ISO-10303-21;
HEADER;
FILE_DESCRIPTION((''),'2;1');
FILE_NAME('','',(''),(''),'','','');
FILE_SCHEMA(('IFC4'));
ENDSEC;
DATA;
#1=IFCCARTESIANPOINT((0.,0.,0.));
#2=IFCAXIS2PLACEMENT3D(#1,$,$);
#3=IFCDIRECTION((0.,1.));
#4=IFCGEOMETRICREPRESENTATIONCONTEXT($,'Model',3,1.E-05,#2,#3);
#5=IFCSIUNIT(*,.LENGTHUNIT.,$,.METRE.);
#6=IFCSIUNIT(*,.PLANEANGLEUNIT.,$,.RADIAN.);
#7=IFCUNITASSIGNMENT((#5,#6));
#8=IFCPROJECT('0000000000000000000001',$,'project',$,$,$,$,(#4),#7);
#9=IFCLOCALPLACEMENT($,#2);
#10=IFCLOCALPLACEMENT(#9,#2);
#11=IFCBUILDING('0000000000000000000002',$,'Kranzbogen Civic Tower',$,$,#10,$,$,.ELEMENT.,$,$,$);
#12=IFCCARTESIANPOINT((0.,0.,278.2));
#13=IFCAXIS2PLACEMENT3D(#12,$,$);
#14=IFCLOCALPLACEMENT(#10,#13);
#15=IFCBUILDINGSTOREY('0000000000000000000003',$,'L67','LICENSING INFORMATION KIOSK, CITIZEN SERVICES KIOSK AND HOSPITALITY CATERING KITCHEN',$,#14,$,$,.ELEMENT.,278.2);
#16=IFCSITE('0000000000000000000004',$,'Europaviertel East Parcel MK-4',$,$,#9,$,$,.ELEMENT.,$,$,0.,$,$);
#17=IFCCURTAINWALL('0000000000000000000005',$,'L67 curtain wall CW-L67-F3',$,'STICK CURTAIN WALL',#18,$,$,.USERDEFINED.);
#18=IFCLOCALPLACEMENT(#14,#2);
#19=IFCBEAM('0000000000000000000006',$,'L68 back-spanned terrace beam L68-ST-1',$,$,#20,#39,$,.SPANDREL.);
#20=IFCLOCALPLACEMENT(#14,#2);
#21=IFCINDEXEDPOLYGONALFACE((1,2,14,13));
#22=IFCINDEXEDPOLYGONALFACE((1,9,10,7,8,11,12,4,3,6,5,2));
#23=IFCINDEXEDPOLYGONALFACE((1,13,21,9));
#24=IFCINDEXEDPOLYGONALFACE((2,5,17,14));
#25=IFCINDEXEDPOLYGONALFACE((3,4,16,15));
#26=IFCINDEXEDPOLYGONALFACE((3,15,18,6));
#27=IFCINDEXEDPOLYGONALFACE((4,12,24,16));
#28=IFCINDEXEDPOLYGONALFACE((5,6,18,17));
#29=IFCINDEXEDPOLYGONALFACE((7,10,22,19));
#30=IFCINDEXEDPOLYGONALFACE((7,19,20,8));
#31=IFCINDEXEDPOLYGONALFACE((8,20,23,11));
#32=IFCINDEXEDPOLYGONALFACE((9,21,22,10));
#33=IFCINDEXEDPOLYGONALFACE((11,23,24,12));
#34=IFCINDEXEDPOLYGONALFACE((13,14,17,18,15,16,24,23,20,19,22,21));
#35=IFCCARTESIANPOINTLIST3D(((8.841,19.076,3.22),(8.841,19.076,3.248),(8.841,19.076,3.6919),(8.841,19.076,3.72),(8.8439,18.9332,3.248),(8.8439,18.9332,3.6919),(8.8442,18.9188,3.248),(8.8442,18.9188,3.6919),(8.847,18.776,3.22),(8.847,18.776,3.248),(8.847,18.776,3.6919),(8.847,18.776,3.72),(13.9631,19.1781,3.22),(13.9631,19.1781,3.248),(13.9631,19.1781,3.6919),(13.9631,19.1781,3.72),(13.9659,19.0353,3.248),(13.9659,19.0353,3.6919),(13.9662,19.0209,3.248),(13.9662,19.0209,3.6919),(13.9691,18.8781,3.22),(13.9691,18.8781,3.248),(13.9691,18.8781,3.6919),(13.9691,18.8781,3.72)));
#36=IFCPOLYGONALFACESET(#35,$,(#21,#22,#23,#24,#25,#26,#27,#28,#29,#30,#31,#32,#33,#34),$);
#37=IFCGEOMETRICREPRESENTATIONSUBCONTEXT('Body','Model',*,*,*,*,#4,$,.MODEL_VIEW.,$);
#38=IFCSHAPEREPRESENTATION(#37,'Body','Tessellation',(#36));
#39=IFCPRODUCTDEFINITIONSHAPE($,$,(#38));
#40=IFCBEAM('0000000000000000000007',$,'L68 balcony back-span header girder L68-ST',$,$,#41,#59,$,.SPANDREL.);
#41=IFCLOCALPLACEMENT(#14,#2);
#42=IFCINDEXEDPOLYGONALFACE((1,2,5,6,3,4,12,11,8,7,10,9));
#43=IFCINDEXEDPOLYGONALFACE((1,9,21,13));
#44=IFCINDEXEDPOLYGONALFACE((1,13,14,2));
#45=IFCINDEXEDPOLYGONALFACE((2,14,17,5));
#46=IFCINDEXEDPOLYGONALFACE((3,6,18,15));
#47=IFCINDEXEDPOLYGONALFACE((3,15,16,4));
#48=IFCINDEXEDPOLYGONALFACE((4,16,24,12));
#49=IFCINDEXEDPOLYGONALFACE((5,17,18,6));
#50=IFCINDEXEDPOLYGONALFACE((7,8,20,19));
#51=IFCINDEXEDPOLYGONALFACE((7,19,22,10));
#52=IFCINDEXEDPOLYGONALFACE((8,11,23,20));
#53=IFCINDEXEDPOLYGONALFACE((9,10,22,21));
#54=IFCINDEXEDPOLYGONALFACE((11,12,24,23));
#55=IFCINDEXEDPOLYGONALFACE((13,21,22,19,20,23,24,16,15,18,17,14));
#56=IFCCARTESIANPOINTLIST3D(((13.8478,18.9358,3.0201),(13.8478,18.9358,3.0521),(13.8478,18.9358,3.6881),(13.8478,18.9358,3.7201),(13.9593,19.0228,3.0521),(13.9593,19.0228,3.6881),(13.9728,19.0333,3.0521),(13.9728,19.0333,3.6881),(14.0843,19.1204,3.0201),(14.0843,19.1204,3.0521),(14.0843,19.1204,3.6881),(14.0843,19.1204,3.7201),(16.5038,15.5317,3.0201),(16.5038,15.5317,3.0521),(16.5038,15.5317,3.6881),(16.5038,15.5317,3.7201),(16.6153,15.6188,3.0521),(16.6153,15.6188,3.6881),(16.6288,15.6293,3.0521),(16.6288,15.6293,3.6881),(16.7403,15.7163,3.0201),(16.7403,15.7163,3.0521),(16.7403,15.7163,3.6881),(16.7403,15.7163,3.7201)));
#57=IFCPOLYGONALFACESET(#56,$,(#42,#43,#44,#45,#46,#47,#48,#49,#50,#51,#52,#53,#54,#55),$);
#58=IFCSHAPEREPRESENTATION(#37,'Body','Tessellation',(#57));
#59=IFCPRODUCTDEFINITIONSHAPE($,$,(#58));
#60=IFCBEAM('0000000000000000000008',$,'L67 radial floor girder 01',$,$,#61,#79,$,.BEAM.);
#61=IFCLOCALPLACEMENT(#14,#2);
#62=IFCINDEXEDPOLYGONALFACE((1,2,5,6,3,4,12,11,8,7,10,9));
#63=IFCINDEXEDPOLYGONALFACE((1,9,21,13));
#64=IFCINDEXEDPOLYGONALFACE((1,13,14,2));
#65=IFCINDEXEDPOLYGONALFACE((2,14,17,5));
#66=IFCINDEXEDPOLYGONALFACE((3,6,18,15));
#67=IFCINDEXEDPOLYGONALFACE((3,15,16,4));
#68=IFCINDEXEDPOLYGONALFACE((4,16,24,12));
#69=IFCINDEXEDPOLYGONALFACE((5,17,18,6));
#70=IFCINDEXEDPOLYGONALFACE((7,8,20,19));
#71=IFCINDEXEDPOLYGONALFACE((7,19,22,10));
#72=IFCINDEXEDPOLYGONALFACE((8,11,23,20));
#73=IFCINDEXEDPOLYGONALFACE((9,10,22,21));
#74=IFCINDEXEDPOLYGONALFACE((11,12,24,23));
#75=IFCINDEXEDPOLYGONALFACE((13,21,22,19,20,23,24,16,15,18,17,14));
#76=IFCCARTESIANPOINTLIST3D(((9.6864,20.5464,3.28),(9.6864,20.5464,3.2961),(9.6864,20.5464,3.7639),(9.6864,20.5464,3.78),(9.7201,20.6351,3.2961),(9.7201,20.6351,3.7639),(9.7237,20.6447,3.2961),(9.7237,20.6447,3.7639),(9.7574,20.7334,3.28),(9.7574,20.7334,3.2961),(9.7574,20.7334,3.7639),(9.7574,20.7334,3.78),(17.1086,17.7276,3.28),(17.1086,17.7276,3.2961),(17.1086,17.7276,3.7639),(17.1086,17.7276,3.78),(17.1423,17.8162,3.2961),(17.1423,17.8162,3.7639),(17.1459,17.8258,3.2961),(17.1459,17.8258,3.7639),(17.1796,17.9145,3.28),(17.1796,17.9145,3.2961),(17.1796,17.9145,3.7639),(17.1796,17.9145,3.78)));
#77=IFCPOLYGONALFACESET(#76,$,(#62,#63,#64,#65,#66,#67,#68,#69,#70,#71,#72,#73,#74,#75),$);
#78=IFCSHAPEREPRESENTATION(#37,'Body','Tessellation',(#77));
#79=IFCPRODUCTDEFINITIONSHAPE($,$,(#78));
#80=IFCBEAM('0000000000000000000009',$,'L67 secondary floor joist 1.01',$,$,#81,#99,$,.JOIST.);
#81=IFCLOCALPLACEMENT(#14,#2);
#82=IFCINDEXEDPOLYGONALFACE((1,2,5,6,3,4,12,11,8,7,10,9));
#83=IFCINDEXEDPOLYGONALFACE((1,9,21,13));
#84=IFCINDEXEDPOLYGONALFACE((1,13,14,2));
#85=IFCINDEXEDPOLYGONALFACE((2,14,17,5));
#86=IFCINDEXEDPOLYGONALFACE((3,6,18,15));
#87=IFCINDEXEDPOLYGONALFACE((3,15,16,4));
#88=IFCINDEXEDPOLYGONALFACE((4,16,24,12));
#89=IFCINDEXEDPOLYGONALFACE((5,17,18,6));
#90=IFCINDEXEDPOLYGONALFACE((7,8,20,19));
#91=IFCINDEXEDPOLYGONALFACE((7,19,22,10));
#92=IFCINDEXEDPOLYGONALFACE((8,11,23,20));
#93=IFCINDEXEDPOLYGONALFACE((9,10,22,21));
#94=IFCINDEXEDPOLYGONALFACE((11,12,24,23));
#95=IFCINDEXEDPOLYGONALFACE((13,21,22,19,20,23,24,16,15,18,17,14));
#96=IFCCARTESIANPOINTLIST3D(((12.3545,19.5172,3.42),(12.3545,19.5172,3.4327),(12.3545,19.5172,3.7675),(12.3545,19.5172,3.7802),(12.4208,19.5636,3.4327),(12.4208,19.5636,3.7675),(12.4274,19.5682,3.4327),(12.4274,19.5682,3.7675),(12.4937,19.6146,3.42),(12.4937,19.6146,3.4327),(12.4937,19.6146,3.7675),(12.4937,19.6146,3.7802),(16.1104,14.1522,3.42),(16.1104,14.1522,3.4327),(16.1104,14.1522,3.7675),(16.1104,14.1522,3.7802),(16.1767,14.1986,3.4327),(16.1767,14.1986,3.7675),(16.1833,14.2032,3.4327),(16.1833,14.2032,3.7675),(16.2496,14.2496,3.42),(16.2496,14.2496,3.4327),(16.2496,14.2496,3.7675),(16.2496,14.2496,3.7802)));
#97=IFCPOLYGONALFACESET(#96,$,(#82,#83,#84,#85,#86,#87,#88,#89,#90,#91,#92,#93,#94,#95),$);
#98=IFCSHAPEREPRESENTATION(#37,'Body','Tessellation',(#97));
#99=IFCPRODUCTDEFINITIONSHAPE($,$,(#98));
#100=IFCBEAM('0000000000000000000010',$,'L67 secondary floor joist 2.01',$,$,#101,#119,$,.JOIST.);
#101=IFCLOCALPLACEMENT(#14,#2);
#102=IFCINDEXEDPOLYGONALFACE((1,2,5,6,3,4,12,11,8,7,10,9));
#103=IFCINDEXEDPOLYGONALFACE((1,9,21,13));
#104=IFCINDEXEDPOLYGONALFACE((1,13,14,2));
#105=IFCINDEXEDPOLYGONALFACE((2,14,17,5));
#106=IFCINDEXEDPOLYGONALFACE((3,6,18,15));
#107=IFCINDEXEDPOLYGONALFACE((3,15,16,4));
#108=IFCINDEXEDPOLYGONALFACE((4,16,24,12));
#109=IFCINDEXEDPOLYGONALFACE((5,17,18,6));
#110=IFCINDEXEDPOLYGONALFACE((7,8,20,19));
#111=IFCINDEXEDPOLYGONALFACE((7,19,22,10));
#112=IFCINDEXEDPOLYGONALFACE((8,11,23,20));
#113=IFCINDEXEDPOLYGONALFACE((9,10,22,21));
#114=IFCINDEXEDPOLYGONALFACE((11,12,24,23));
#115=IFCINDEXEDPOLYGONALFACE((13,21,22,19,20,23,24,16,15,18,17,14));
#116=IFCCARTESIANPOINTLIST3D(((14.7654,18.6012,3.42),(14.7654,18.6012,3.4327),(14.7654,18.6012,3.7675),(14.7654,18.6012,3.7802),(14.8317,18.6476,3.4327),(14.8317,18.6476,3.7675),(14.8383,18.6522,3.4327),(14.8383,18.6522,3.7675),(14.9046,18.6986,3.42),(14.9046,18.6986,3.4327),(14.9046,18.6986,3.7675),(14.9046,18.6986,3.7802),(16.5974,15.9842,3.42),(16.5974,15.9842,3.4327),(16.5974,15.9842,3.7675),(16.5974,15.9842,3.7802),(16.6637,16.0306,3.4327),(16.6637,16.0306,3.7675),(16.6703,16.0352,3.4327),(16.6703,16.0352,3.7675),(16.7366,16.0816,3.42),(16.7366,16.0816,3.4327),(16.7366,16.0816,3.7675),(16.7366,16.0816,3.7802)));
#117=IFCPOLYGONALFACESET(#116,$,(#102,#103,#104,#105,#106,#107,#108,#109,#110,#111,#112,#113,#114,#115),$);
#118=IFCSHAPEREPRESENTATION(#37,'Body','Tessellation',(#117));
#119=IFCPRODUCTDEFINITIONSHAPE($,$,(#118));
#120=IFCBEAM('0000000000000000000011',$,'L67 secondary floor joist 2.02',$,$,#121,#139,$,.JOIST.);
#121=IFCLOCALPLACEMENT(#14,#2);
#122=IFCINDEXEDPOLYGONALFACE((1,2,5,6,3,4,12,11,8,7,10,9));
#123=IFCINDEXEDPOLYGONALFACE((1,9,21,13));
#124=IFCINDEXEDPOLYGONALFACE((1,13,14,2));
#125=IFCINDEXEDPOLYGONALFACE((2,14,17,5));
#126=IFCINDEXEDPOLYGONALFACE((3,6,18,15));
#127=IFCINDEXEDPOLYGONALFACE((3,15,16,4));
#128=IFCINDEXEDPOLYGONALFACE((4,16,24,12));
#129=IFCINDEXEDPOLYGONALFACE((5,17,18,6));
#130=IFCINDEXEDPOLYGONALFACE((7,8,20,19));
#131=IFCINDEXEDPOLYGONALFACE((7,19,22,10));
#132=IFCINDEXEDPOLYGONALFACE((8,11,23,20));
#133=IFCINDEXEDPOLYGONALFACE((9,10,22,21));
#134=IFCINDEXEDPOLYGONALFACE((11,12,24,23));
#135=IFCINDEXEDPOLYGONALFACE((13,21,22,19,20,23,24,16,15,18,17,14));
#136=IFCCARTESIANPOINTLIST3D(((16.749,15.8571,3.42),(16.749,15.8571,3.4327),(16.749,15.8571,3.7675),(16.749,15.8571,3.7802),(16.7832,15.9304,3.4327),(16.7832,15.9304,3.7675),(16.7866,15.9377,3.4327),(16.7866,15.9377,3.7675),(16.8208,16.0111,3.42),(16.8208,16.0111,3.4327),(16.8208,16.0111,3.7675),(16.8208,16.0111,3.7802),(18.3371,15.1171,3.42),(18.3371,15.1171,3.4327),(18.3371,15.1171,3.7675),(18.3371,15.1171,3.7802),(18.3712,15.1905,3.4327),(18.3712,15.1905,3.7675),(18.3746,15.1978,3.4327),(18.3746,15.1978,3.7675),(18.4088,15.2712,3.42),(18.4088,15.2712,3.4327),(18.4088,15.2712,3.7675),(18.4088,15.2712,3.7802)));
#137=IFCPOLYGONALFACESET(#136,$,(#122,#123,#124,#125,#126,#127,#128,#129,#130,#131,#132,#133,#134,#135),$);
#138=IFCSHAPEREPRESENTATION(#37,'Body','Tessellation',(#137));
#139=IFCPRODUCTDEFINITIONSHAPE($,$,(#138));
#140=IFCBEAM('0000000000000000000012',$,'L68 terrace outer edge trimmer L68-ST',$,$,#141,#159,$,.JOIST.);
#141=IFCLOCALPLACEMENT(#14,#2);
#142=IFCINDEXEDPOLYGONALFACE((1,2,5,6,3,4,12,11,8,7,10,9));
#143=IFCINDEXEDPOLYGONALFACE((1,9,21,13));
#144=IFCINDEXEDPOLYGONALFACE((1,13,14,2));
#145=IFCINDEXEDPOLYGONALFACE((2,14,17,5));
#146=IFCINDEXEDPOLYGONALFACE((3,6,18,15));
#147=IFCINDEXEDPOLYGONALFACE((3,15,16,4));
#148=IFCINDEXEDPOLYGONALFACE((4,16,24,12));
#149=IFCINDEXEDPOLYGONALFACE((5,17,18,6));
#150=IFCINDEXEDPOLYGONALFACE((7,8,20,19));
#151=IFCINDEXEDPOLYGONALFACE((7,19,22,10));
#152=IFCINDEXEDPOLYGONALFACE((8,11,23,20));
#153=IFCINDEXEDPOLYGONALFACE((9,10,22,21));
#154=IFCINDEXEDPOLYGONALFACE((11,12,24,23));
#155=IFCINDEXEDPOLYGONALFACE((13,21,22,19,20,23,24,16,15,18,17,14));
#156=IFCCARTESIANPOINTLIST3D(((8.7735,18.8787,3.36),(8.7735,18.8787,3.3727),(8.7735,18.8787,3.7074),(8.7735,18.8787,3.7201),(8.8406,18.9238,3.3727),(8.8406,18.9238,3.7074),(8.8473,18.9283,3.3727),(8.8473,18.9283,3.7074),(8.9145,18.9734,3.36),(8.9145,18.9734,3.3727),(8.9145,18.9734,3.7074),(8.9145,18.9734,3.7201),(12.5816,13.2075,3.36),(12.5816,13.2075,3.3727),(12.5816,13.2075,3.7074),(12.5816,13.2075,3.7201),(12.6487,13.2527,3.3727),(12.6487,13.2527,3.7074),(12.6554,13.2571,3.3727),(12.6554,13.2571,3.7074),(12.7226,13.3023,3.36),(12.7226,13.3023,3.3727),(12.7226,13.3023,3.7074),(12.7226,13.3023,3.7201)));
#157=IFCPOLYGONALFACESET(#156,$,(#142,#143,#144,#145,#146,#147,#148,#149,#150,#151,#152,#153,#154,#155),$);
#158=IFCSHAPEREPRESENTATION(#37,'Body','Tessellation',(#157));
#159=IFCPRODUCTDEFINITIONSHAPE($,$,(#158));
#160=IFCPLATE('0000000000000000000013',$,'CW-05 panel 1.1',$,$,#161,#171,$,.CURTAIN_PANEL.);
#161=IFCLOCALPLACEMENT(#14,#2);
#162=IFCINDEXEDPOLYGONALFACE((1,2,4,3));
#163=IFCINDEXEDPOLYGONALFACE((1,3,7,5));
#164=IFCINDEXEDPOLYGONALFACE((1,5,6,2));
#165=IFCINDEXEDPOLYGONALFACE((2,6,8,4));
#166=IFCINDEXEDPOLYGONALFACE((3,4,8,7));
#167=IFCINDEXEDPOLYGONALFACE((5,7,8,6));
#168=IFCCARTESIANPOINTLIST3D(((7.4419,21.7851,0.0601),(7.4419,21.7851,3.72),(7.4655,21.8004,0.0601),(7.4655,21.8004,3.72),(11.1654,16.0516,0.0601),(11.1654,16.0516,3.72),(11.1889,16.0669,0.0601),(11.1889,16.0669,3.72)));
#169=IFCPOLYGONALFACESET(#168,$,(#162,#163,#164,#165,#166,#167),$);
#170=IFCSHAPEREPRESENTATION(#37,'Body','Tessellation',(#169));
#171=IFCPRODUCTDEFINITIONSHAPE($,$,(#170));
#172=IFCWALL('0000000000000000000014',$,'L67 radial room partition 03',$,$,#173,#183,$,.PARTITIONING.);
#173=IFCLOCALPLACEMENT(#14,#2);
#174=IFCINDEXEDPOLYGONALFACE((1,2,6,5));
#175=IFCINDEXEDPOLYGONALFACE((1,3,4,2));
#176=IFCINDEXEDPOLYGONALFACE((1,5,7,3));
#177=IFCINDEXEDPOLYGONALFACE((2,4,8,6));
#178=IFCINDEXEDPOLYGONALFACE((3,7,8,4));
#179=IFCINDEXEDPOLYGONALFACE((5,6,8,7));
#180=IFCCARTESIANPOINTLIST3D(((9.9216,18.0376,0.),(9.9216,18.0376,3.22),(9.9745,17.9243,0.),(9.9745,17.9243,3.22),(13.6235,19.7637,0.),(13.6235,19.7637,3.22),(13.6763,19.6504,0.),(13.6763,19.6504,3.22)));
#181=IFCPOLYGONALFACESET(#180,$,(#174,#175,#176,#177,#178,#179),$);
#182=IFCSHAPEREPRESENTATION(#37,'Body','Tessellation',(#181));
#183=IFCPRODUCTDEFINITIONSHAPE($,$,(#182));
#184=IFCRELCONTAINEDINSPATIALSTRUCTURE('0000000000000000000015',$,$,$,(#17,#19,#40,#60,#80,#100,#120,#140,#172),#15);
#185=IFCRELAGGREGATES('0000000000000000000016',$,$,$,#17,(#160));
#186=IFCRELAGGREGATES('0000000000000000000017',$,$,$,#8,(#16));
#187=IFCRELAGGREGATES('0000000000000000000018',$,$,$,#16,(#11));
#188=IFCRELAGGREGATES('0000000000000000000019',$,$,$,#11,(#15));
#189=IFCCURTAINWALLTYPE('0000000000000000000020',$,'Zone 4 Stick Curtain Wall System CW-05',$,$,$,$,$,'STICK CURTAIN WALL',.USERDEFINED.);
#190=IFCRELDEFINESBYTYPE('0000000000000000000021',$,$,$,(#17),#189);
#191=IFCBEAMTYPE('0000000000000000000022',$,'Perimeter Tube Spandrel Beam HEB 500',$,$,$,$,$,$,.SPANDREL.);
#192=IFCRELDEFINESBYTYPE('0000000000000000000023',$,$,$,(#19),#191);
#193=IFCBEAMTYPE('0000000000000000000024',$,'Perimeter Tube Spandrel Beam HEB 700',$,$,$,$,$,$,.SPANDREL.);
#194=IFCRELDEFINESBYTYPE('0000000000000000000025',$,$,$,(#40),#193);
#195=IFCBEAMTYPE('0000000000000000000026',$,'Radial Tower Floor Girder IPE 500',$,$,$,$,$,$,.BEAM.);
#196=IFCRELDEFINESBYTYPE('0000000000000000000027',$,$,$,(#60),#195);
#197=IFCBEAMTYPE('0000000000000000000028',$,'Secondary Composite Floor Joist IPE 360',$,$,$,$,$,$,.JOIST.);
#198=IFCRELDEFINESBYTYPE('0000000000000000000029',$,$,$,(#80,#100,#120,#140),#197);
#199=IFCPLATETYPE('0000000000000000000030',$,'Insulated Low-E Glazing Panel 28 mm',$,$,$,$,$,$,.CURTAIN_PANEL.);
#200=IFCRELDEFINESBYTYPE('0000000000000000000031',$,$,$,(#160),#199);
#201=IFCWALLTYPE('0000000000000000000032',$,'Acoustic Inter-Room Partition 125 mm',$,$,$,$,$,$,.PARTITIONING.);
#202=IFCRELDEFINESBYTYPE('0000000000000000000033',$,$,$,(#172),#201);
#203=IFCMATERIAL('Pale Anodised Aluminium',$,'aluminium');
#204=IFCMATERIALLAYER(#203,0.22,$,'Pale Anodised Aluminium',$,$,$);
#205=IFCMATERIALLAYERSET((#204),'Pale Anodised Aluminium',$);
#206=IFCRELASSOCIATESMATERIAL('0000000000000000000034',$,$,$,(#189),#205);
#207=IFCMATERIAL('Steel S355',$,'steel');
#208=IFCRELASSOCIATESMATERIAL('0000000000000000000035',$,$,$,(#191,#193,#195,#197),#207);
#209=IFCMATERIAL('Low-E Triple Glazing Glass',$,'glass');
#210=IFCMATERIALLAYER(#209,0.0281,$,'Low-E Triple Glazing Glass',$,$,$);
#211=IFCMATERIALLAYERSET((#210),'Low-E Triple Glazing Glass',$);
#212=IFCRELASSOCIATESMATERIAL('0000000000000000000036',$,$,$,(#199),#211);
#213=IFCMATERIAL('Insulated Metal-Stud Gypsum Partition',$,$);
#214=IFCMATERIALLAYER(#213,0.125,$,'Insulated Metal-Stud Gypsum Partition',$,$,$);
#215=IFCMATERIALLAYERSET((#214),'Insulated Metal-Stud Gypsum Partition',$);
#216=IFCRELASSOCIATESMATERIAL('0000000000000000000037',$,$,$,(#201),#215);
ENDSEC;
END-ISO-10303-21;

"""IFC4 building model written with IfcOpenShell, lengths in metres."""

from ifc_helpers import new_model, si_unit, direction, frame, frame_2d, origin, origin_2d, place, context, subcontext, project, spatial, rectangle, i_section, extrude, material, layer, layer_set, material_profile, profile_set, type_object, element, aggregate, save


model = new_model("IFC4")

# Units and contexts
model_context = context("Model", 3, precision=1e-05, world=origin(), true_north=direction((0.0, 1.0)))
body_context = subcontext(model_context, "Body", "Model", "MODEL_VIEW")
ifc_project = project(units=[si_unit("LENGTHUNIT", "METRE"), si_unit("PLANEANGLEUNIT", "RADIAN")], contexts=[model_context])

# Site, building, storey
site_placement = place(None, origin())
site = spatial("IfcSite", under=ifc_project, at=site_placement, Name="Europaviertel East Parcel MK-4", CompositionType="ELEMENT", RefElevation=0.0)
building_placement = place(site_placement, origin())
building = spatial("IfcBuilding", under=site, at=building_placement, Name="Kranzbogen Civic Tower", CompositionType="ELEMENT")
storey_placement = place(building_placement, frame((0.0, 0.0, 278.2)))
storey = spatial("IfcBuildingStorey", under=building, at=storey_placement, Name="L67", Description="LICENSING INFORMATION KIOSK, CITIZEN SERVICES KIOSK AND HOSPITALITY CATERING KITCHEN", CompositionType="ELEMENT", Elevation=278.2)

# Shared definitions
ifc_material_1 = material(Name="Steel S355", Category="steel")

# Curtain wall
ifc_material_2 = material(Name="Pale Anodised Aluminium", Category="aluminium")
ifc_layer_1 = layer(ifc_material_2, 0.22, Name="Pale Anodised Aluminium")
ifc_layer_set_1 = layer_set([ifc_layer_1], Name="Pale Anodised Aluminium")
curtain_wall_type = type_object("IfcCurtainWallType", Name="Zone 4 Stick Curtain Wall System CW-05", ElementType="STICK CURTAIN WALL", PredefinedType="USERDEFINED", material=ifc_layer_set_1)
curtain_wall_placement = place(storey_placement, origin())
curtain_wall = element("IfcCurtainWall", 1, at=curtain_wall_placement, inside=storey, type_object=curtain_wall_type, Name="L67 curtain wall CW-L67-F3", ObjectType="STICK CURTAIN WALL", PredefinedType="USERDEFINED")

# Beams
ifc_material_profile_1 = material_profile(ifc_material_1, i_section(OverallWidth=0.3, OverallDepth=0.5, WebThickness=0.0144, FlangeThickness=0.0281, at=origin_2d()), Name="HEB 500")
ifc_profile_set_1 = profile_set([ifc_material_profile_1], Name="Steel S355")
beam_type_1 = type_object("IfcBeamType", Name="Perimeter Tube Spandrel Beam HEB 500", PredefinedType="SPANDREL", material=ifc_profile_set_1)
beam_1_placement = place(storey_placement, frame((13.9661, 19.0281, 3.47), z_axis=(-0.999802, -0.01992, 0.0), x_axis=(0.01992, -0.999802, 0.0)))
element("IfcBeam", 2, at=beam_1_placement, inside=storey, type_object=beam_type_1, Name="L68 back-spanned terrace beam L68-ST-1", PredefinedType="SPANDREL", context=body_context, shape_type="SweptSolid", body=[
    extrude(i_section(OverallWidth=0.3, OverallDepth=0.5, WebThickness=0.0144, FlangeThickness=0.0281, at=origin_2d()), origin(), (0.0, 0.0, 1.0), 5.123),
])
ifc_material_profile_2 = material_profile(ifc_material_1, i_section(OverallWidth=0.3, OverallDepth=0.7, WebThickness=0.0171, FlangeThickness=0.032, at=origin_2d()), Name="HEB 700")
ifc_profile_set_2 = profile_set([ifc_material_profile_2], Name="Steel S355")
beam_type_2 = type_object("IfcBeamType", Name="Perimeter Tube Spandrel Beam HEB 700", PredefinedType="SPANDREL", material=ifc_profile_set_2)
beam_2_placement = place(storey_placement, frame((13.9661, 19.0281, 3.3701), z_axis=(0.615153, -0.788407, 0.0), x_axis=(0.788407, 0.615153, 0.0)))
element("IfcBeam", 3, at=beam_2_placement, inside=storey, type_object=beam_type_2, Name="L68 balcony back-span header girder L68-ST", PredefinedType="SPANDREL", context=body_context, shape_type="SweptSolid", body=[
    extrude(i_section(OverallWidth=0.3, OverallDepth=0.7, WebThickness=0.0171, FlangeThickness=0.032, at=origin_2d()), origin(), (0.0, 0.0, 1.0), 4.3176),
])
ifc_material_profile_3 = material_profile(ifc_material_1, i_section(OverallWidth=0.2, OverallDepth=0.5, WebThickness=0.0103, FlangeThickness=0.0161, at=origin_2d()), Name="IPE 500")
ifc_profile_set_3 = profile_set([ifc_material_profile_3], Name="Steel S355")
beam_type_3 = type_object("IfcBeamType", Name="Radial Tower Floor Girder IPE 500", PredefinedType="BEAM", material=ifc_profile_set_3)
beam_3_placement = place(storey_placement, frame((9.7219, 20.6399, 3.53), z_axis=(0.934849, -0.355046, 0.0), x_axis=(0.355046, 0.934849, 0.0)))
element("IfcBeam", 4, at=beam_3_placement, inside=storey, type_object=beam_type_3, Name="L67 radial floor girder 01", PredefinedType="BEAM", context=body_context, shape_type="SweptSolid", body=[
    extrude(i_section(OverallWidth=0.2, OverallDepth=0.5, WebThickness=0.0103, FlangeThickness=0.0161, at=origin_2d()), origin(), (0.0, 0.0, 1.0), 7.9395),
])
ifc_material_profile_4 = material_profile(ifc_material_1, i_section(OverallWidth=0.1699, OverallDepth=0.3601, WebThickness=0.0081, FlangeThickness=0.0127, at=origin_2d()), Name="IPE 360")
ifc_profile_set_4 = profile_set([ifc_material_profile_4], Name="Steel S355")
beam_type_4 = type_object("IfcBeamType", Name="Secondary Composite Floor Joist IPE 360", PredefinedType="JOIST", material=ifc_profile_set_4)
beam_4_placement = place(storey_placement, frame((12.4241, 19.5659, 3.6001), z_axis=(0.5735, -0.819206, 0.0), x_axis=(0.819206, 0.5735, 0.0)))
element("IfcBeam", 5, at=beam_4_placement, inside=storey, type_object=beam_type_4, Name="L67 secondary floor joist 1.01", PredefinedType="JOIST", context=body_context, shape_type="SweptSolid", body=[
    extrude(i_section(OverallWidth=0.1699, OverallDepth=0.3601, WebThickness=0.0081, FlangeThickness=0.0127, at=origin_2d()), origin(), (0.0, 0.0, 1.0), 6.5491),
])
beam_5_placement = place(storey_placement, frame((14.835, 18.6499, 3.6001), z_axis=(0.573498, -0.819207, 0.0), x_axis=(0.819207, 0.573498, 0.0)))
element("IfcBeam", 6, at=beam_5_placement, inside=storey, type_object=beam_type_4, Name="L67 secondary floor joist 2.01", PredefinedType="JOIST", context=body_context, shape_type="SweptSolid", body=[
    extrude(i_section(OverallWidth=0.1699, OverallDepth=0.3601, WebThickness=0.0081, FlangeThickness=0.0127, at=origin_2d()), origin(), (0.0, 0.0, 1.0), 3.1946),
])
beam_6_placement = place(storey_placement, frame((16.7849, 15.9341, 3.6001), z_axis=(0.906432, -0.422351, 0.0), x_axis=(0.422351, 0.906432, 0.0)))
element("IfcBeam", 7, at=beam_6_placement, inside=storey, type_object=beam_type_4, Name="L67 secondary floor joist 2.02", PredefinedType="JOIST", context=body_context, shape_type="SweptSolid", body=[
    extrude(i_section(OverallWidth=0.1699, OverallDepth=0.3601, WebThickness=0.0081, FlangeThickness=0.0127, at=origin_2d()), origin(), (0.0, 0.0, 1.0), 1.752),
])
beam_7_placement = place(storey_placement, frame((8.844, 18.926, 3.54), z_axis=(0.557468, -0.830198, 0.0), x_axis=(0.830198, 0.557468, 0.0)))
element("IfcBeam", 8, at=beam_7_placement, inside=storey, type_object=beam_type_4, Name="L68 terrace outer edge trimmer L68-ST", PredefinedType="JOIST", context=body_context, shape_type="SweptSolid", body=[
    extrude(i_section(OverallWidth=0.1699, OverallDepth=0.3601, WebThickness=0.0081, FlangeThickness=0.0127, at=origin_2d()), origin(), (0.0, 0.0, 1.0), 6.8311),
])

# Plate
ifc_material_3 = material(Name="Low-E Triple Glazing Glass", Category="glass")
ifc_layer_2 = layer(ifc_material_3, 0.0281, Name="Low-E Triple Glazing Glass")
ifc_layer_set_2 = layer_set([ifc_layer_2], Name="Low-E Triple Glazing Glass")
plate_type = type_object("IfcPlateType", Name="Insulated Low-E Glazing Panel 28 mm", PredefinedType="CURTAIN_PANEL", material=ifc_layer_set_2)
plate_placement = place(storey_placement, frame((9.3154, 18.926, 0.0601), z_axis=(0.0, 0.0, 1.0), x_axis=(0.544648, -0.838665, 0.0)))
plate = element("IfcPlate", 9, at=plate_placement, type_object=plate_type, Name="CW-05 panel 1.1", PredefinedType="CURTAIN_PANEL", context=body_context, shape_type="SweptSolid", body=[
    extrude(rectangle(XDim=6.8364, YDim=0.0281, at=origin_2d()), origin(), (0.0, 0.0, 1.0), 3.6599),
])
aggregate(curtain_wall, [plate])

# Wall
ifc_material_4 = material(Name="Insulated Metal-Stud Gypsum Partition")
ifc_layer_3 = layer(ifc_material_4, 0.125, Name="Insulated Metal-Stud Gypsum Partition")
ifc_layer_set_3 = layer_set([ifc_layer_3], Name="Insulated Metal-Stud Gypsum Partition")
wall_type_1 = type_object("IfcWallType", Name="Acoustic Inter-Room Partition 125 mm", PredefinedType="PARTITIONING", material=ifc_layer_set_3)
wall_1_placement = place(storey_placement, frame((13.6499, 19.707, 0.0), z_axis=(0.0, 0.0, 1.0), x_axis=(-0.906322, -0.422588, 0.0)))
element("IfcWall", 10, at=wall_1_placement, inside=storey, type_object=wall_type_1, Name="L67 radial room partition 03", PredefinedType="PARTITIONING", context=body_context, shape_type="SweptSolid", body=[
    extrude(rectangle(XDim=4.0845, YDim=0.125, at=frame_2d((2.0422, 0.0))), origin(), (0.0, 0.0, 1.0), 3.22),
])

save(model, "model.ifc")
